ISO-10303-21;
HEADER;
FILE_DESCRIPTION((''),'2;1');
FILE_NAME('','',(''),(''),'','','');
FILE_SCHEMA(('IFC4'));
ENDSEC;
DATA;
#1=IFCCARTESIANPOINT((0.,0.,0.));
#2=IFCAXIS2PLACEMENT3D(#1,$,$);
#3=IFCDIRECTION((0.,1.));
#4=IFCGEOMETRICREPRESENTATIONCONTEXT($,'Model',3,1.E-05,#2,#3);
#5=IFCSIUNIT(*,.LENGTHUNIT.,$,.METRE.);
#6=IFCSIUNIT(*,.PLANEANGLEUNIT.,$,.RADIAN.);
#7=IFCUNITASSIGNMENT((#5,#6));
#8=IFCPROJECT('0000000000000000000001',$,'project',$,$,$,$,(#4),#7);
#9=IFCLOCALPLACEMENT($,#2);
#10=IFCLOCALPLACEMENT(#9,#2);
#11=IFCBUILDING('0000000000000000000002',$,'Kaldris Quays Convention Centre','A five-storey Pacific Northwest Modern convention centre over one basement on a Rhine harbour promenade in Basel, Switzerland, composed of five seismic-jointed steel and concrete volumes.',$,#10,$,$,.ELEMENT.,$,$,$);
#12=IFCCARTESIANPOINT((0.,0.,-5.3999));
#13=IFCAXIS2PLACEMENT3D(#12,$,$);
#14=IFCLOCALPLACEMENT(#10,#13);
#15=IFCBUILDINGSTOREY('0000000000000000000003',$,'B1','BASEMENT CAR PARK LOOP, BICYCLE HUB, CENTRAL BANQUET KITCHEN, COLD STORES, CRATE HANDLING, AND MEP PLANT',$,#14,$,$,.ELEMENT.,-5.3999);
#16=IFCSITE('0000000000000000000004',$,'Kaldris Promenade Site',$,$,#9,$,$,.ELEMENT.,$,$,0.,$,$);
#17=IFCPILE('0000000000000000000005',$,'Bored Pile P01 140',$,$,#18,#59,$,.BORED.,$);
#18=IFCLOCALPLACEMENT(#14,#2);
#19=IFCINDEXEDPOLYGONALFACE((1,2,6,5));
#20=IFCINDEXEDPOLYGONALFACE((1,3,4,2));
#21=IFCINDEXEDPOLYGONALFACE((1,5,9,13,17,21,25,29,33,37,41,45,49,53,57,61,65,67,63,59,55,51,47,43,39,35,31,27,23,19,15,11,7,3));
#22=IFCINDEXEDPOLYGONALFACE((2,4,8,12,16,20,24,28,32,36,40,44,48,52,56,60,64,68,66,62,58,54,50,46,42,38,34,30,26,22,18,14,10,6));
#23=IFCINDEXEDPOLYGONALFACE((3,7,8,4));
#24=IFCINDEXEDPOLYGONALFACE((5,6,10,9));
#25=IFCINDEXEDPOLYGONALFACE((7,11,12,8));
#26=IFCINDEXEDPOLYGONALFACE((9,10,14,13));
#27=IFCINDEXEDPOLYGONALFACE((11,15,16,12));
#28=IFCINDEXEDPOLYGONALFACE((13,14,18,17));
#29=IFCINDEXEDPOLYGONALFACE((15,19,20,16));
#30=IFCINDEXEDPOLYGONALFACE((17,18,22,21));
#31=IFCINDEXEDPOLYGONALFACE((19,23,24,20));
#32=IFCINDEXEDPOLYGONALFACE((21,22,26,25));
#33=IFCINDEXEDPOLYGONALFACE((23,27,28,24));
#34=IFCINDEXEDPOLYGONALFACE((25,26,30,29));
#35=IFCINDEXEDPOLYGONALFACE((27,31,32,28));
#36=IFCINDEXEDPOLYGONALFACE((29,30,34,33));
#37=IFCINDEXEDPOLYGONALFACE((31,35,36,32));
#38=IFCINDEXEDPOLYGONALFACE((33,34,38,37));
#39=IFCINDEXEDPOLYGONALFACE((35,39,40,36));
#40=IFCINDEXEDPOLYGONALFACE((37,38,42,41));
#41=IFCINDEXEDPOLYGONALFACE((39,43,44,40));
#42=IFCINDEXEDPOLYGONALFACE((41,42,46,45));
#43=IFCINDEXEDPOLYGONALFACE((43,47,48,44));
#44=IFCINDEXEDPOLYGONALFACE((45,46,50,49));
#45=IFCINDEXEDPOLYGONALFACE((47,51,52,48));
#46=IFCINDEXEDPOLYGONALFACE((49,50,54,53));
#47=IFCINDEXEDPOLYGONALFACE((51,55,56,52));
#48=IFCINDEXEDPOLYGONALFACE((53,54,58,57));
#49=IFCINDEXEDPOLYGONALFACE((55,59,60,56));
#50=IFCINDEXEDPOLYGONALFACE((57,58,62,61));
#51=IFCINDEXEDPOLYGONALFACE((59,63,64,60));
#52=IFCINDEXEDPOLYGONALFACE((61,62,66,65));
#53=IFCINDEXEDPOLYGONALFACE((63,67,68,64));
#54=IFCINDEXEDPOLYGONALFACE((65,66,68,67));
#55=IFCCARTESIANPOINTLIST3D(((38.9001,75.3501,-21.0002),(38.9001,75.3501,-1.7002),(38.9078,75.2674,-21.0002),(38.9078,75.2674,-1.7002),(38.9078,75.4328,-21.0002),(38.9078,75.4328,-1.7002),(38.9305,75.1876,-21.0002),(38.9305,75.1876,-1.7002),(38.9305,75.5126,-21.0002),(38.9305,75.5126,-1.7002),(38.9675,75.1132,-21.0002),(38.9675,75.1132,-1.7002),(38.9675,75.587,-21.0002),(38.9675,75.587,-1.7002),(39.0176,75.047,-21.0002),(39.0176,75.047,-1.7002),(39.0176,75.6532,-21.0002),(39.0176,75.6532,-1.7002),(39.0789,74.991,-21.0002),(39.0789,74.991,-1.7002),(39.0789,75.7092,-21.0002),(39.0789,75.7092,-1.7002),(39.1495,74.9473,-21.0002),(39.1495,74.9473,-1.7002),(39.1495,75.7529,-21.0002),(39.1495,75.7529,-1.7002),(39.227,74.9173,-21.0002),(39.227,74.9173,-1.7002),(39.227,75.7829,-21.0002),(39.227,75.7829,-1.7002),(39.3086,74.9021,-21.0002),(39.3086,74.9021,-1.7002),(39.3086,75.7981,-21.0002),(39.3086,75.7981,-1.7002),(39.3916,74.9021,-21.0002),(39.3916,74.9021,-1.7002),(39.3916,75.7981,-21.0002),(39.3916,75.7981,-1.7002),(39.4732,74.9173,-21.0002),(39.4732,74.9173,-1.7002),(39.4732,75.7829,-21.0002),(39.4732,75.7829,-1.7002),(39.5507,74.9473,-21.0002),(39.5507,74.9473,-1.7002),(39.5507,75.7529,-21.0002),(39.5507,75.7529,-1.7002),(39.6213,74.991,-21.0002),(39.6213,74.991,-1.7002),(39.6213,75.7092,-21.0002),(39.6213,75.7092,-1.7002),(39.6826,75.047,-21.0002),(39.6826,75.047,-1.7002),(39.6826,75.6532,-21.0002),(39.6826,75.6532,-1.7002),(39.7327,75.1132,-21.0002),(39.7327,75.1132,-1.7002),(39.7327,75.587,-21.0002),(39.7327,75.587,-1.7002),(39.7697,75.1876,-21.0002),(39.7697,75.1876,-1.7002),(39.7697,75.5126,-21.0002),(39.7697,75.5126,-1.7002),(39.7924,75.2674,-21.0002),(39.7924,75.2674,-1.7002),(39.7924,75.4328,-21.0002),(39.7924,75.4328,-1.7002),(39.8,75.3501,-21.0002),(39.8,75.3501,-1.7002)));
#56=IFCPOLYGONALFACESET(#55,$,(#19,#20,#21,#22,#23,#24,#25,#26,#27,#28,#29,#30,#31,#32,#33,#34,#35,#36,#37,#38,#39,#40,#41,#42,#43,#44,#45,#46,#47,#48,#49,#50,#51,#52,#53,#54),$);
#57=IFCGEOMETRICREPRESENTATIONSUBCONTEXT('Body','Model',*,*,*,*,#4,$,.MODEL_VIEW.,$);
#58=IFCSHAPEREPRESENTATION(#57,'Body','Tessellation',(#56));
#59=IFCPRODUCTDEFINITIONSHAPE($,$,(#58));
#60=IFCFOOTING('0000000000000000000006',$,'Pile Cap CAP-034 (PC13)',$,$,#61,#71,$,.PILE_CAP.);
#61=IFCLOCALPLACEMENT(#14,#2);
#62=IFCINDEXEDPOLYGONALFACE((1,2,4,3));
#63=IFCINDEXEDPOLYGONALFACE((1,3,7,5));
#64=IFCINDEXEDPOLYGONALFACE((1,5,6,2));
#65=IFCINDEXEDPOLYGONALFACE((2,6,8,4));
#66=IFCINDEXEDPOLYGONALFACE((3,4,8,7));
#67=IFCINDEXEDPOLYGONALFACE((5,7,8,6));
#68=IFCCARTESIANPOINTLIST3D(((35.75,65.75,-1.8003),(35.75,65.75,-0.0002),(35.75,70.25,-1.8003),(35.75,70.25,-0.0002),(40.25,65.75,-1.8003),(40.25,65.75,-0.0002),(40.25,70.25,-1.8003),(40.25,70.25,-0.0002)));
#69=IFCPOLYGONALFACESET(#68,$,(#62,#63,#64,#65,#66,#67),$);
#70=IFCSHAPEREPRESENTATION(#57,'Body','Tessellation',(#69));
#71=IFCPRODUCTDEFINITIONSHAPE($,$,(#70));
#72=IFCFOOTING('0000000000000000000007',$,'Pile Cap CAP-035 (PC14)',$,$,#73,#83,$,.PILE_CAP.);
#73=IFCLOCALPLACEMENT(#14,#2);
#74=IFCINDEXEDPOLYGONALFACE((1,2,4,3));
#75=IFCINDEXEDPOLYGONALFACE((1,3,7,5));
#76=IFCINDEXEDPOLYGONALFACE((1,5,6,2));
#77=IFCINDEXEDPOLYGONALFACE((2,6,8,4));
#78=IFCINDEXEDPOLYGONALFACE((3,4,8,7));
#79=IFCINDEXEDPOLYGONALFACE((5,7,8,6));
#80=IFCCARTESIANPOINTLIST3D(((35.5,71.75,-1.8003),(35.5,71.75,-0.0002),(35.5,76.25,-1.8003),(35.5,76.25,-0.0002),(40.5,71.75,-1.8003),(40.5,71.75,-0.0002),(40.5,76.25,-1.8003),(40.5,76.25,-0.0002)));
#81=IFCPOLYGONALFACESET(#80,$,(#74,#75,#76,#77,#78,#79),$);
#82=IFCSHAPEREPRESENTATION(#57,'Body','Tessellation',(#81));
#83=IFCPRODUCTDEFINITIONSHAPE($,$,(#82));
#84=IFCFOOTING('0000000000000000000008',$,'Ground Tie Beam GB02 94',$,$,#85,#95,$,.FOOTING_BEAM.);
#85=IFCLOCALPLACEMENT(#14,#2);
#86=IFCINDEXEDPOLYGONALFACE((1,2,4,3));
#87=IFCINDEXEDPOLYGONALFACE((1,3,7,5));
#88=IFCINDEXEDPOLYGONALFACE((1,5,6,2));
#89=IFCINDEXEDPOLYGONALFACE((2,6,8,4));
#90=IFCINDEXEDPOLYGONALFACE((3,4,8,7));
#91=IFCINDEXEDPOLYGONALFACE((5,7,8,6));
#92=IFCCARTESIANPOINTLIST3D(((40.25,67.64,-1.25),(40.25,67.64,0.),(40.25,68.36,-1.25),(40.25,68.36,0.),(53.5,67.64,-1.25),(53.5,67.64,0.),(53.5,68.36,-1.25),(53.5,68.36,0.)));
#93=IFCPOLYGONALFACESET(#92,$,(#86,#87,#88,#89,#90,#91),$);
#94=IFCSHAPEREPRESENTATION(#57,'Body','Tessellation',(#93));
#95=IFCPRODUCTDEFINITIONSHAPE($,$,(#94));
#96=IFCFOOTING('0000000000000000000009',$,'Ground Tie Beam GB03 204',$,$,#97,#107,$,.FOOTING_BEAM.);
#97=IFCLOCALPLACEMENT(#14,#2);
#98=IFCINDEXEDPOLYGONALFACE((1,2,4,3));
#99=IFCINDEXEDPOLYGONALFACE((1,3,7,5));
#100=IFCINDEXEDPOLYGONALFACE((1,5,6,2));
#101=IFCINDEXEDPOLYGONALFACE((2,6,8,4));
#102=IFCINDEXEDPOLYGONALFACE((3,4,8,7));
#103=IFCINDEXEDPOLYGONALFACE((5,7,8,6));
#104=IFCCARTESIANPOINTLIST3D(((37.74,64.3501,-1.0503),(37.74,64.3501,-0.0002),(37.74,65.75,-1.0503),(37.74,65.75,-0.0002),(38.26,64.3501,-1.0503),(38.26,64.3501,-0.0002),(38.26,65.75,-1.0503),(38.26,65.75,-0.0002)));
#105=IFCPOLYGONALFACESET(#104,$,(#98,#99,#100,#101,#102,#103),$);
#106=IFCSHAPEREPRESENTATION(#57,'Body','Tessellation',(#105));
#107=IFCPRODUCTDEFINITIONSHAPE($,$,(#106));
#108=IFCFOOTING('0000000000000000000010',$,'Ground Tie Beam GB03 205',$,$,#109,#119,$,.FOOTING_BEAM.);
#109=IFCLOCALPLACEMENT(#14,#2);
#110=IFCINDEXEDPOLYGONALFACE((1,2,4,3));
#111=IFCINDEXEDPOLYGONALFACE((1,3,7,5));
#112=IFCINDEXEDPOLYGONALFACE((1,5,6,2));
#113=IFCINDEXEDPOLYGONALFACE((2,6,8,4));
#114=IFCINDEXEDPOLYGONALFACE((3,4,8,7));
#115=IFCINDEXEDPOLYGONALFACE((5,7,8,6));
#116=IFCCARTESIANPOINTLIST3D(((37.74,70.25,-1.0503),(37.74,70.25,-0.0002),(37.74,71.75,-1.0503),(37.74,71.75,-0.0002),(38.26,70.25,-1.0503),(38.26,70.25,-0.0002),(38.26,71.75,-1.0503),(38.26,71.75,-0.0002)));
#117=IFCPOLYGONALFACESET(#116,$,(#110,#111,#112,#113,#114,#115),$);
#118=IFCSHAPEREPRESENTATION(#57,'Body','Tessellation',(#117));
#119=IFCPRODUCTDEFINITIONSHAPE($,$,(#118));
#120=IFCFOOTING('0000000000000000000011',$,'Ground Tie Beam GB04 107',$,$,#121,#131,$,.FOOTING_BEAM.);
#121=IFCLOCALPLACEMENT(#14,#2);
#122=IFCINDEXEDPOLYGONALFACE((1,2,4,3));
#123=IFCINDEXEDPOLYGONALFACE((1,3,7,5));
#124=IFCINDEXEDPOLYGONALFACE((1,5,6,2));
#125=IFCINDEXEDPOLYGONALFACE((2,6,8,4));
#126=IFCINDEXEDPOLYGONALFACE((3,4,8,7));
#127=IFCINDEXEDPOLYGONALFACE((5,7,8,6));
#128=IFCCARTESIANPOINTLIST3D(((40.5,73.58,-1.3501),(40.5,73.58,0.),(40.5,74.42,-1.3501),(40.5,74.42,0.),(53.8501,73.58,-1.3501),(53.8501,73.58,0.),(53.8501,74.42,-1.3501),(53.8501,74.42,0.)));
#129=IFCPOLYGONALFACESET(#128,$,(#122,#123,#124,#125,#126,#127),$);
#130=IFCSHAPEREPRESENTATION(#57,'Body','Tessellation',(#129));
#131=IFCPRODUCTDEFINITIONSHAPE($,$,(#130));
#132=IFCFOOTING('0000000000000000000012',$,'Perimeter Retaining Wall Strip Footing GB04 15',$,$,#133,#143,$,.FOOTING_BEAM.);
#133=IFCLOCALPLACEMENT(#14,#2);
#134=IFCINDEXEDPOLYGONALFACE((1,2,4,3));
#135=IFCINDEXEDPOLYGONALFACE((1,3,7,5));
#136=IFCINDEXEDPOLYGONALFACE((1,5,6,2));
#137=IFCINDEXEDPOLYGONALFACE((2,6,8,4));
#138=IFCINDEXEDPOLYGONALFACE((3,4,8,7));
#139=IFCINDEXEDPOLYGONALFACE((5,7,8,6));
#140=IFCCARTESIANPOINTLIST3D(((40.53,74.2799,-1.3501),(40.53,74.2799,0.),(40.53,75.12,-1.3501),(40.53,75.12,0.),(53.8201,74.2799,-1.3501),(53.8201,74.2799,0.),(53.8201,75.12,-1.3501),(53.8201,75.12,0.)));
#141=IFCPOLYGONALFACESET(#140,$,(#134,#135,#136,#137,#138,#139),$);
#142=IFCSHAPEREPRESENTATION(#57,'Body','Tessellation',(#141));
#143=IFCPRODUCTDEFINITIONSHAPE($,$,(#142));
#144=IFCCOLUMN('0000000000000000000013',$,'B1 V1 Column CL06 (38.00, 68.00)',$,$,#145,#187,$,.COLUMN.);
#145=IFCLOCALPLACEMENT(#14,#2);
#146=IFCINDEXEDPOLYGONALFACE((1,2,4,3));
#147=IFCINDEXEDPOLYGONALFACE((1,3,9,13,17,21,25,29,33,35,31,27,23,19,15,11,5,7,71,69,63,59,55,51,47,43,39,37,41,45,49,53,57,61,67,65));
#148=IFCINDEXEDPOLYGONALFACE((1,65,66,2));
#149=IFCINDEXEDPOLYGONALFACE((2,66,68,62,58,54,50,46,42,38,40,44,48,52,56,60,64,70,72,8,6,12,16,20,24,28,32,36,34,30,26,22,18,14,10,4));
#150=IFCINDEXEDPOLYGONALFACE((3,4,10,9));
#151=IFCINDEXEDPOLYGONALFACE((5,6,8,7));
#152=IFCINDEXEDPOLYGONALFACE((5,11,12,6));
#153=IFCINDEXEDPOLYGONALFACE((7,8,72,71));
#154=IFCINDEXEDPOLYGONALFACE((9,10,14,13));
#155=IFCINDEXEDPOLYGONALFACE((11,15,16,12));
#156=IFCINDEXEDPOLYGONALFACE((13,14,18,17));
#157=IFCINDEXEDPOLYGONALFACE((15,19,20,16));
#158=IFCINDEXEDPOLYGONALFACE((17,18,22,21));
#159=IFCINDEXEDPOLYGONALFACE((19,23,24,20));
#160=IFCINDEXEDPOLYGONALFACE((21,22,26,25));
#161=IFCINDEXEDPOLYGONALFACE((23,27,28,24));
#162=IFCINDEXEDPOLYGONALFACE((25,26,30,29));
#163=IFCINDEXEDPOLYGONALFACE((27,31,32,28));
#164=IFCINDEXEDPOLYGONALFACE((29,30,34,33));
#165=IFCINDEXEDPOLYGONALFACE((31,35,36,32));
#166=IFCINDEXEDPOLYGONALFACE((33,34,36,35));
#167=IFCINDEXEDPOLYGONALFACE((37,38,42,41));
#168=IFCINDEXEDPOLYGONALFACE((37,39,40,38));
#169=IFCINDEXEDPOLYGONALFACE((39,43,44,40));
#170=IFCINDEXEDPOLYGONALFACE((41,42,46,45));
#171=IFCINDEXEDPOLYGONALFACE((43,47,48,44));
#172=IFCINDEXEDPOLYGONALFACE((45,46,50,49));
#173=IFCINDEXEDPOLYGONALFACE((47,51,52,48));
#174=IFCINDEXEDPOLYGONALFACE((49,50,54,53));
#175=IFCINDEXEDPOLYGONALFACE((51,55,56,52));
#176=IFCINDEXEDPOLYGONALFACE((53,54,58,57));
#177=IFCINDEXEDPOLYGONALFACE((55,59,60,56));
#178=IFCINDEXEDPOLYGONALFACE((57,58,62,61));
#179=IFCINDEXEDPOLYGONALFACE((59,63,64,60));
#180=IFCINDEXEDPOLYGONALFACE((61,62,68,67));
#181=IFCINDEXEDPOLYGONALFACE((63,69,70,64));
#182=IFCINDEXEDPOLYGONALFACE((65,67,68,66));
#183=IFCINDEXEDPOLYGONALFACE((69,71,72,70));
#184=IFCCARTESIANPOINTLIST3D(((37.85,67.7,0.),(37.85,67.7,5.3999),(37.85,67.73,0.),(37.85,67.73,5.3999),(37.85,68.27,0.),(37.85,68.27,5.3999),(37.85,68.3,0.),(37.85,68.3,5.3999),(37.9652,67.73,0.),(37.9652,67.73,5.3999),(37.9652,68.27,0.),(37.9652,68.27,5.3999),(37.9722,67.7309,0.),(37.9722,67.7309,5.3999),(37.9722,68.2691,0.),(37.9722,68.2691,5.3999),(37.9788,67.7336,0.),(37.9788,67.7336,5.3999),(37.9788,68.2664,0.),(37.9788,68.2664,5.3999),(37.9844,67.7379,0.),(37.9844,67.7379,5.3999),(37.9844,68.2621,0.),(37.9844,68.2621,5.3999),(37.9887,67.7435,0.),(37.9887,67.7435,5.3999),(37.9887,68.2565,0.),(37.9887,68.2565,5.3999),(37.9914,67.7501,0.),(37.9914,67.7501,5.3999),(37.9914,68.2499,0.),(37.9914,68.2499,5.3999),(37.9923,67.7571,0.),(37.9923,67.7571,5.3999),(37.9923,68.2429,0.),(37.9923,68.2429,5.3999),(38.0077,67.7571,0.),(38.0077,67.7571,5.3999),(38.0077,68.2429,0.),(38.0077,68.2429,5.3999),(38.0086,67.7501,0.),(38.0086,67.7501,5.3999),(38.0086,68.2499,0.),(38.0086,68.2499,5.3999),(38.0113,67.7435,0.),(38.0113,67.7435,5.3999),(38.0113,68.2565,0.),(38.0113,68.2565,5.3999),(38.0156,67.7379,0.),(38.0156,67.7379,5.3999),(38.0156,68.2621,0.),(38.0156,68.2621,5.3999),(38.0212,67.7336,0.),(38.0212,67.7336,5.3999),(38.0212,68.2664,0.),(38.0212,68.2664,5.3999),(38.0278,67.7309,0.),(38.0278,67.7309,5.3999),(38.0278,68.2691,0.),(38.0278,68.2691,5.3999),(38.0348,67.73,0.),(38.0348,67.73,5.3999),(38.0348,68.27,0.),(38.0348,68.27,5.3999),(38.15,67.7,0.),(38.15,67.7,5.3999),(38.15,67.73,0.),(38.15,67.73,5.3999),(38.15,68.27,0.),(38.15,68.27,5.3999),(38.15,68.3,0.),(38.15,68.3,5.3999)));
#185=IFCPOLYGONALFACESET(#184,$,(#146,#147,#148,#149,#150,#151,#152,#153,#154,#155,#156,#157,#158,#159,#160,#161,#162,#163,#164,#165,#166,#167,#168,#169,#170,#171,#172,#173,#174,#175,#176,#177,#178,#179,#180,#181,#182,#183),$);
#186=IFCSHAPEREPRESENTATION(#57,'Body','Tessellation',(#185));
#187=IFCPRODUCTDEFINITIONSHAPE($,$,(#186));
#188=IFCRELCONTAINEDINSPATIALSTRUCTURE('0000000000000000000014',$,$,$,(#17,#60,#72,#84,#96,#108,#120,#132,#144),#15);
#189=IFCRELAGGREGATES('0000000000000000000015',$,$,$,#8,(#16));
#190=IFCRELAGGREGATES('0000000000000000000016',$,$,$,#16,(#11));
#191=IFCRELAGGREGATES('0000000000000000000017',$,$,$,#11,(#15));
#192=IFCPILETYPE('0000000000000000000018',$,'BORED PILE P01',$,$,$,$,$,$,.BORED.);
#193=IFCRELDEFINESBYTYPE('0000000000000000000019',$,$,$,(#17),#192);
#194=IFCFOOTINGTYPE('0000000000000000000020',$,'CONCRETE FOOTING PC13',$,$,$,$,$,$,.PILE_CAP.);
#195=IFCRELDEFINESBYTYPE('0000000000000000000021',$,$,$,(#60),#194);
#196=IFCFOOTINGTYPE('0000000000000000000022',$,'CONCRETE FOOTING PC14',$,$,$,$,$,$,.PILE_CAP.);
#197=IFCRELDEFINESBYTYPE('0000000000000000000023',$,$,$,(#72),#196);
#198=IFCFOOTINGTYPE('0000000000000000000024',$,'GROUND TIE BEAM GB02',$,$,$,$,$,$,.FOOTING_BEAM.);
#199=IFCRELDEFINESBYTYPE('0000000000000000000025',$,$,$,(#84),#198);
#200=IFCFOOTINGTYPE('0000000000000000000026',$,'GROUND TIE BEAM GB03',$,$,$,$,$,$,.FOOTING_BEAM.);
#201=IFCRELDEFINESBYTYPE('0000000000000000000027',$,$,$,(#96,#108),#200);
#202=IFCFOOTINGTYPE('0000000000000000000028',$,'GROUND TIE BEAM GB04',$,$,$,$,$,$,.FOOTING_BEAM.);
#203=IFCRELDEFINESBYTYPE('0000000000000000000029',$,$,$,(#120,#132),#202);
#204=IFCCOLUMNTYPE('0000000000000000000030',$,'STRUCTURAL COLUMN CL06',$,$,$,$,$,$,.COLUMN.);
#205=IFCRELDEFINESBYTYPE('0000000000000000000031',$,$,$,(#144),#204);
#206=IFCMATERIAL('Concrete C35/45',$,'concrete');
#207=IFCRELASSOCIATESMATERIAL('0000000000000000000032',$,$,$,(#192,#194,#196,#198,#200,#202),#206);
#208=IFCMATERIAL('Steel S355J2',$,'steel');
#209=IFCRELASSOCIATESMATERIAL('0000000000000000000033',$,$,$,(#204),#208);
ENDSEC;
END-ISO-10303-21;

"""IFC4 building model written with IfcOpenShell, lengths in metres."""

from ifc_helpers import new_model, si_unit, direction, frame, origin, origin_2d, place, context, subcontext, project, spatial, rectangle, circle, i_section, extrude, material, material_profile, profile_set, type_object, element, save


model = new_model("IFC4")

# Units and contexts
model_context = context("Model", 3, precision=1e-05, world=origin(), true_north=direction((0.0, 1.0)))
body_context = subcontext(model_context, "Body", "Model", "MODEL_VIEW")
ifc_project = project(units=[si_unit("LENGTHUNIT", "METRE"), si_unit("PLANEANGLEUNIT", "RADIAN")], contexts=[model_context])

# Site, building, storey
site_placement = place(None, origin())
site = spatial("IfcSite", under=ifc_project, at=site_placement, Name="Kaldris Promenade Site", CompositionType="ELEMENT", RefElevation=0.0)
building_placement = place(site_placement, origin())
building = spatial("IfcBuilding", under=site, at=building_placement, Name="Kaldris Quays Convention Centre", Description="A five-storey Pacific Northwest Modern convention centre over one basement on a Rhine harbour promenade in Basel, Switzerland, composed of five seismic-jointed steel and concrete volumes.", CompositionType="ELEMENT")
storey_placement = place(building_placement, frame((0.0, 0.0, -5.3999)))
storey = spatial("IfcBuildingStorey", under=building, at=storey_placement, Name="B1", Description="BASEMENT CAR PARK LOOP, BICYCLE HUB, CENTRAL BANQUET KITCHEN, COLD STORES, CRATE HANDLING, AND MEP PLANT", CompositionType="ELEMENT", Elevation=-5.3999)

# Pile
ifc_material_1 = material(Name="Concrete C35/45", Category="concrete")
ifc_material_profile_1 = material_profile(ifc_material_1, circle(Radius=0.45, at=origin_2d()), Name="BORED PILE D900")
ifc_profile_set_1 = profile_set([ifc_material_profile_1], Name="Concrete C35/45")
pile_type = type_object("IfcPileType", Name="BORED PILE P01", PredefinedType="BORED", material=ifc_profile_set_1)
for number, where, z_axis, x_axis, name in (
    (1, (39.3501, 75.3501, -1.7002), (0.0, 0.0, -1.0), (1.0, 0.0, 0.0), "Bored Pile P01 140"),
):
    element("IfcPile", number, at=place(storey_placement, frame(where, z_axis=z_axis, x_axis=x_axis)), inside=storey, type_object=pile_type, Name=name, PredefinedType="BORED", context=body_context, shape_type="SweptSolid", body=[
        extrude(circle(Radius=0.45, at=origin_2d()), origin(), (0.0, 0.0, 1.0), 19.3),
    ])

# Footings
footing_type_1 = type_object("IfcFootingType", Name="CONCRETE FOOTING PC13", PredefinedType="PILE_CAP", material=ifc_material_1)
footing_1_placement = place(storey_placement, frame((38.0, 68.0, -1.8003), z_axis=(0.0, 0.0, 1.0), x_axis=(1.0, 0.0, 0.0)))
element("IfcFooting", 2, at=footing_1_placement, inside=storey, type_object=footing_type_1, Name="Pile Cap CAP-034 (PC13)", PredefinedType="PILE_CAP", context=body_context, shape_type="SweptSolid", body=[
    extrude(rectangle(XDim=4.5, YDim=4.5, at=origin_2d()), origin(), (0.0, 0.0, 1.0), 1.8),
])
footing_type_2 = type_object("IfcFootingType", Name="CONCRETE FOOTING PC14", PredefinedType="PILE_CAP", material=ifc_material_1)
footing_2_placement = place(storey_placement, frame((38.0, 74.0, -1.8003), z_axis=(0.0, 0.0, 1.0), x_axis=(1.0, 0.0, 0.0)))
element("IfcFooting", 3, at=footing_2_placement, inside=storey, type_object=footing_type_2, Name="Pile Cap CAP-035 (PC14)", PredefinedType="PILE_CAP", context=body_context, shape_type="SweptSolid", body=[
    extrude(rectangle(XDim=5.0, YDim=4.5, at=origin_2d()), origin(), (0.0, 0.0, 1.0), 1.8),
])
footing_type_3 = type_object("IfcFootingType", Name="GROUND TIE BEAM GB02", PredefinedType="FOOTING_BEAM", material=ifc_material_1)
footing_3_placement = place(storey_placement, frame((46.875, 68.0, -1.25), z_axis=(0.0, 0.0, 1.0), x_axis=(1.0, 0.0, 0.0)))
element("IfcFooting", 4, at=footing_3_placement, inside=storey, type_object=footing_type_3, Name="Ground Tie Beam GB02 94", PredefinedType="FOOTING_BEAM", context=body_context, shape_type="SweptSolid", body=[
    extrude(rectangle(XDim=13.25, YDim=0.72, at=origin_2d()), origin(), (0.0, 0.0, 1.0), 1.25),
])
footing_type_4 = type_object("IfcFootingType", Name="GROUND TIE BEAM GB03", PredefinedType="FOOTING_BEAM", material=ifc_material_1)
footing_4_placement = place(storey_placement, frame((38.0, 65.05, -1.0503), z_axis=(0.0, 0.0, 1.0), x_axis=(1.0, 0.0, 0.0)))
element("IfcFooting", 5, at=footing_4_placement, inside=storey, type_object=footing_type_4, Name="Ground Tie Beam GB03 204", PredefinedType="FOOTING_BEAM", context=body_context, shape_type="SweptSolid", body=[
    extrude(rectangle(XDim=0.52, YDim=1.3999, at=origin_2d()), origin(), (0.0, 0.0, 1.0), 1.05),
])
footing_5_placement = place(storey_placement, frame((38.0, 71.0, -1.0503), z_axis=(0.0, 0.0, 1.0), x_axis=(1.0, 0.0, 0.0)))
element("IfcFooting", 6, at=footing_5_placement, inside=storey, type_object=footing_type_4, Name="Ground Tie Beam GB03 205", PredefinedType="FOOTING_BEAM", context=body_context, shape_type="SweptSolid", body=[
    extrude(rectangle(XDim=0.52, YDim=1.5, at=origin_2d()), origin(), (0.0, 0.0, 1.0), 1.05),
])
footing_type_5 = type_object("IfcFootingType", Name="GROUND TIE BEAM GB04", PredefinedType="FOOTING_BEAM", material=ifc_material_1)
footing_6_placement = place(storey_placement, frame((47.175, 74.0, -1.3501), z_axis=(0.0, 0.0, 1.0), x_axis=(1.0, 0.0, 0.0)))
element("IfcFooting", 7, at=footing_6_placement, inside=storey, type_object=footing_type_5, Name="Ground Tie Beam GB04 107", PredefinedType="FOOTING_BEAM", context=body_context, shape_type="SweptSolid", body=[
    extrude(rectangle(XDim=13.3501, YDim=0.8401, at=origin_2d()), origin(), (0.0, 0.0, 1.0), 1.3501),
])
footing_7_placement = place(storey_placement, frame((47.175, 74.7, -1.3501), z_axis=(0.0, 0.0, 1.0), x_axis=(1.0, 0.0, 0.0)))
element("IfcFooting", 8, at=footing_7_placement, inside=storey, type_object=footing_type_5, Name="Perimeter Retaining Wall Strip Footing GB04 15", PredefinedType="FOOTING_BEAM", context=body_context, shape_type="SweptSolid", body=[
    extrude(rectangle(XDim=13.29, YDim=0.8401, at=origin_2d()), origin(), (0.0, 0.0, 1.0), 1.3501),
])

# Column
ifc_material_2 = material(Name="Steel S355J2", Category="steel")
ifc_material_profile_2 = material_profile(ifc_material_2, i_section(OverallWidth=0.3, OverallDepth=0.6001, WebThickness=0.0154, FlangeThickness=0.03, FilletRadius=0.0271, at=origin_2d()), Name="HEB 600")
ifc_profile_set_2 = profile_set([ifc_material_profile_2], Name="Steel S355J2")
column_type = type_object("IfcColumnType", Name="STRUCTURAL COLUMN CL06", PredefinedType="COLUMN", material=ifc_profile_set_2)
for number, where, z_axis, x_axis, name in (
    (9, (38.0, 68.0, 0.0), (0.0, 0.0, 1.0), (1.0, 0.0, 0.0), "B1 V1 Column CL06 (38.00, 68.00)"),
):
    element("IfcColumn", number, at=place(storey_placement, frame(where, z_axis=z_axis, x_axis=x_axis)), inside=storey, type_object=column_type, Name=name, PredefinedType="COLUMN", context=body_context, shape_type="SweptSolid", body=[
        extrude(i_section(OverallWidth=0.3, OverallDepth=0.6001, WebThickness=0.0154, FlangeThickness=0.03, FilletRadius=0.0271, at=origin_2d()), origin(), (0.0, 0.0, 1.0), 5.3999),
    ])

save(model, "model.ifc")
